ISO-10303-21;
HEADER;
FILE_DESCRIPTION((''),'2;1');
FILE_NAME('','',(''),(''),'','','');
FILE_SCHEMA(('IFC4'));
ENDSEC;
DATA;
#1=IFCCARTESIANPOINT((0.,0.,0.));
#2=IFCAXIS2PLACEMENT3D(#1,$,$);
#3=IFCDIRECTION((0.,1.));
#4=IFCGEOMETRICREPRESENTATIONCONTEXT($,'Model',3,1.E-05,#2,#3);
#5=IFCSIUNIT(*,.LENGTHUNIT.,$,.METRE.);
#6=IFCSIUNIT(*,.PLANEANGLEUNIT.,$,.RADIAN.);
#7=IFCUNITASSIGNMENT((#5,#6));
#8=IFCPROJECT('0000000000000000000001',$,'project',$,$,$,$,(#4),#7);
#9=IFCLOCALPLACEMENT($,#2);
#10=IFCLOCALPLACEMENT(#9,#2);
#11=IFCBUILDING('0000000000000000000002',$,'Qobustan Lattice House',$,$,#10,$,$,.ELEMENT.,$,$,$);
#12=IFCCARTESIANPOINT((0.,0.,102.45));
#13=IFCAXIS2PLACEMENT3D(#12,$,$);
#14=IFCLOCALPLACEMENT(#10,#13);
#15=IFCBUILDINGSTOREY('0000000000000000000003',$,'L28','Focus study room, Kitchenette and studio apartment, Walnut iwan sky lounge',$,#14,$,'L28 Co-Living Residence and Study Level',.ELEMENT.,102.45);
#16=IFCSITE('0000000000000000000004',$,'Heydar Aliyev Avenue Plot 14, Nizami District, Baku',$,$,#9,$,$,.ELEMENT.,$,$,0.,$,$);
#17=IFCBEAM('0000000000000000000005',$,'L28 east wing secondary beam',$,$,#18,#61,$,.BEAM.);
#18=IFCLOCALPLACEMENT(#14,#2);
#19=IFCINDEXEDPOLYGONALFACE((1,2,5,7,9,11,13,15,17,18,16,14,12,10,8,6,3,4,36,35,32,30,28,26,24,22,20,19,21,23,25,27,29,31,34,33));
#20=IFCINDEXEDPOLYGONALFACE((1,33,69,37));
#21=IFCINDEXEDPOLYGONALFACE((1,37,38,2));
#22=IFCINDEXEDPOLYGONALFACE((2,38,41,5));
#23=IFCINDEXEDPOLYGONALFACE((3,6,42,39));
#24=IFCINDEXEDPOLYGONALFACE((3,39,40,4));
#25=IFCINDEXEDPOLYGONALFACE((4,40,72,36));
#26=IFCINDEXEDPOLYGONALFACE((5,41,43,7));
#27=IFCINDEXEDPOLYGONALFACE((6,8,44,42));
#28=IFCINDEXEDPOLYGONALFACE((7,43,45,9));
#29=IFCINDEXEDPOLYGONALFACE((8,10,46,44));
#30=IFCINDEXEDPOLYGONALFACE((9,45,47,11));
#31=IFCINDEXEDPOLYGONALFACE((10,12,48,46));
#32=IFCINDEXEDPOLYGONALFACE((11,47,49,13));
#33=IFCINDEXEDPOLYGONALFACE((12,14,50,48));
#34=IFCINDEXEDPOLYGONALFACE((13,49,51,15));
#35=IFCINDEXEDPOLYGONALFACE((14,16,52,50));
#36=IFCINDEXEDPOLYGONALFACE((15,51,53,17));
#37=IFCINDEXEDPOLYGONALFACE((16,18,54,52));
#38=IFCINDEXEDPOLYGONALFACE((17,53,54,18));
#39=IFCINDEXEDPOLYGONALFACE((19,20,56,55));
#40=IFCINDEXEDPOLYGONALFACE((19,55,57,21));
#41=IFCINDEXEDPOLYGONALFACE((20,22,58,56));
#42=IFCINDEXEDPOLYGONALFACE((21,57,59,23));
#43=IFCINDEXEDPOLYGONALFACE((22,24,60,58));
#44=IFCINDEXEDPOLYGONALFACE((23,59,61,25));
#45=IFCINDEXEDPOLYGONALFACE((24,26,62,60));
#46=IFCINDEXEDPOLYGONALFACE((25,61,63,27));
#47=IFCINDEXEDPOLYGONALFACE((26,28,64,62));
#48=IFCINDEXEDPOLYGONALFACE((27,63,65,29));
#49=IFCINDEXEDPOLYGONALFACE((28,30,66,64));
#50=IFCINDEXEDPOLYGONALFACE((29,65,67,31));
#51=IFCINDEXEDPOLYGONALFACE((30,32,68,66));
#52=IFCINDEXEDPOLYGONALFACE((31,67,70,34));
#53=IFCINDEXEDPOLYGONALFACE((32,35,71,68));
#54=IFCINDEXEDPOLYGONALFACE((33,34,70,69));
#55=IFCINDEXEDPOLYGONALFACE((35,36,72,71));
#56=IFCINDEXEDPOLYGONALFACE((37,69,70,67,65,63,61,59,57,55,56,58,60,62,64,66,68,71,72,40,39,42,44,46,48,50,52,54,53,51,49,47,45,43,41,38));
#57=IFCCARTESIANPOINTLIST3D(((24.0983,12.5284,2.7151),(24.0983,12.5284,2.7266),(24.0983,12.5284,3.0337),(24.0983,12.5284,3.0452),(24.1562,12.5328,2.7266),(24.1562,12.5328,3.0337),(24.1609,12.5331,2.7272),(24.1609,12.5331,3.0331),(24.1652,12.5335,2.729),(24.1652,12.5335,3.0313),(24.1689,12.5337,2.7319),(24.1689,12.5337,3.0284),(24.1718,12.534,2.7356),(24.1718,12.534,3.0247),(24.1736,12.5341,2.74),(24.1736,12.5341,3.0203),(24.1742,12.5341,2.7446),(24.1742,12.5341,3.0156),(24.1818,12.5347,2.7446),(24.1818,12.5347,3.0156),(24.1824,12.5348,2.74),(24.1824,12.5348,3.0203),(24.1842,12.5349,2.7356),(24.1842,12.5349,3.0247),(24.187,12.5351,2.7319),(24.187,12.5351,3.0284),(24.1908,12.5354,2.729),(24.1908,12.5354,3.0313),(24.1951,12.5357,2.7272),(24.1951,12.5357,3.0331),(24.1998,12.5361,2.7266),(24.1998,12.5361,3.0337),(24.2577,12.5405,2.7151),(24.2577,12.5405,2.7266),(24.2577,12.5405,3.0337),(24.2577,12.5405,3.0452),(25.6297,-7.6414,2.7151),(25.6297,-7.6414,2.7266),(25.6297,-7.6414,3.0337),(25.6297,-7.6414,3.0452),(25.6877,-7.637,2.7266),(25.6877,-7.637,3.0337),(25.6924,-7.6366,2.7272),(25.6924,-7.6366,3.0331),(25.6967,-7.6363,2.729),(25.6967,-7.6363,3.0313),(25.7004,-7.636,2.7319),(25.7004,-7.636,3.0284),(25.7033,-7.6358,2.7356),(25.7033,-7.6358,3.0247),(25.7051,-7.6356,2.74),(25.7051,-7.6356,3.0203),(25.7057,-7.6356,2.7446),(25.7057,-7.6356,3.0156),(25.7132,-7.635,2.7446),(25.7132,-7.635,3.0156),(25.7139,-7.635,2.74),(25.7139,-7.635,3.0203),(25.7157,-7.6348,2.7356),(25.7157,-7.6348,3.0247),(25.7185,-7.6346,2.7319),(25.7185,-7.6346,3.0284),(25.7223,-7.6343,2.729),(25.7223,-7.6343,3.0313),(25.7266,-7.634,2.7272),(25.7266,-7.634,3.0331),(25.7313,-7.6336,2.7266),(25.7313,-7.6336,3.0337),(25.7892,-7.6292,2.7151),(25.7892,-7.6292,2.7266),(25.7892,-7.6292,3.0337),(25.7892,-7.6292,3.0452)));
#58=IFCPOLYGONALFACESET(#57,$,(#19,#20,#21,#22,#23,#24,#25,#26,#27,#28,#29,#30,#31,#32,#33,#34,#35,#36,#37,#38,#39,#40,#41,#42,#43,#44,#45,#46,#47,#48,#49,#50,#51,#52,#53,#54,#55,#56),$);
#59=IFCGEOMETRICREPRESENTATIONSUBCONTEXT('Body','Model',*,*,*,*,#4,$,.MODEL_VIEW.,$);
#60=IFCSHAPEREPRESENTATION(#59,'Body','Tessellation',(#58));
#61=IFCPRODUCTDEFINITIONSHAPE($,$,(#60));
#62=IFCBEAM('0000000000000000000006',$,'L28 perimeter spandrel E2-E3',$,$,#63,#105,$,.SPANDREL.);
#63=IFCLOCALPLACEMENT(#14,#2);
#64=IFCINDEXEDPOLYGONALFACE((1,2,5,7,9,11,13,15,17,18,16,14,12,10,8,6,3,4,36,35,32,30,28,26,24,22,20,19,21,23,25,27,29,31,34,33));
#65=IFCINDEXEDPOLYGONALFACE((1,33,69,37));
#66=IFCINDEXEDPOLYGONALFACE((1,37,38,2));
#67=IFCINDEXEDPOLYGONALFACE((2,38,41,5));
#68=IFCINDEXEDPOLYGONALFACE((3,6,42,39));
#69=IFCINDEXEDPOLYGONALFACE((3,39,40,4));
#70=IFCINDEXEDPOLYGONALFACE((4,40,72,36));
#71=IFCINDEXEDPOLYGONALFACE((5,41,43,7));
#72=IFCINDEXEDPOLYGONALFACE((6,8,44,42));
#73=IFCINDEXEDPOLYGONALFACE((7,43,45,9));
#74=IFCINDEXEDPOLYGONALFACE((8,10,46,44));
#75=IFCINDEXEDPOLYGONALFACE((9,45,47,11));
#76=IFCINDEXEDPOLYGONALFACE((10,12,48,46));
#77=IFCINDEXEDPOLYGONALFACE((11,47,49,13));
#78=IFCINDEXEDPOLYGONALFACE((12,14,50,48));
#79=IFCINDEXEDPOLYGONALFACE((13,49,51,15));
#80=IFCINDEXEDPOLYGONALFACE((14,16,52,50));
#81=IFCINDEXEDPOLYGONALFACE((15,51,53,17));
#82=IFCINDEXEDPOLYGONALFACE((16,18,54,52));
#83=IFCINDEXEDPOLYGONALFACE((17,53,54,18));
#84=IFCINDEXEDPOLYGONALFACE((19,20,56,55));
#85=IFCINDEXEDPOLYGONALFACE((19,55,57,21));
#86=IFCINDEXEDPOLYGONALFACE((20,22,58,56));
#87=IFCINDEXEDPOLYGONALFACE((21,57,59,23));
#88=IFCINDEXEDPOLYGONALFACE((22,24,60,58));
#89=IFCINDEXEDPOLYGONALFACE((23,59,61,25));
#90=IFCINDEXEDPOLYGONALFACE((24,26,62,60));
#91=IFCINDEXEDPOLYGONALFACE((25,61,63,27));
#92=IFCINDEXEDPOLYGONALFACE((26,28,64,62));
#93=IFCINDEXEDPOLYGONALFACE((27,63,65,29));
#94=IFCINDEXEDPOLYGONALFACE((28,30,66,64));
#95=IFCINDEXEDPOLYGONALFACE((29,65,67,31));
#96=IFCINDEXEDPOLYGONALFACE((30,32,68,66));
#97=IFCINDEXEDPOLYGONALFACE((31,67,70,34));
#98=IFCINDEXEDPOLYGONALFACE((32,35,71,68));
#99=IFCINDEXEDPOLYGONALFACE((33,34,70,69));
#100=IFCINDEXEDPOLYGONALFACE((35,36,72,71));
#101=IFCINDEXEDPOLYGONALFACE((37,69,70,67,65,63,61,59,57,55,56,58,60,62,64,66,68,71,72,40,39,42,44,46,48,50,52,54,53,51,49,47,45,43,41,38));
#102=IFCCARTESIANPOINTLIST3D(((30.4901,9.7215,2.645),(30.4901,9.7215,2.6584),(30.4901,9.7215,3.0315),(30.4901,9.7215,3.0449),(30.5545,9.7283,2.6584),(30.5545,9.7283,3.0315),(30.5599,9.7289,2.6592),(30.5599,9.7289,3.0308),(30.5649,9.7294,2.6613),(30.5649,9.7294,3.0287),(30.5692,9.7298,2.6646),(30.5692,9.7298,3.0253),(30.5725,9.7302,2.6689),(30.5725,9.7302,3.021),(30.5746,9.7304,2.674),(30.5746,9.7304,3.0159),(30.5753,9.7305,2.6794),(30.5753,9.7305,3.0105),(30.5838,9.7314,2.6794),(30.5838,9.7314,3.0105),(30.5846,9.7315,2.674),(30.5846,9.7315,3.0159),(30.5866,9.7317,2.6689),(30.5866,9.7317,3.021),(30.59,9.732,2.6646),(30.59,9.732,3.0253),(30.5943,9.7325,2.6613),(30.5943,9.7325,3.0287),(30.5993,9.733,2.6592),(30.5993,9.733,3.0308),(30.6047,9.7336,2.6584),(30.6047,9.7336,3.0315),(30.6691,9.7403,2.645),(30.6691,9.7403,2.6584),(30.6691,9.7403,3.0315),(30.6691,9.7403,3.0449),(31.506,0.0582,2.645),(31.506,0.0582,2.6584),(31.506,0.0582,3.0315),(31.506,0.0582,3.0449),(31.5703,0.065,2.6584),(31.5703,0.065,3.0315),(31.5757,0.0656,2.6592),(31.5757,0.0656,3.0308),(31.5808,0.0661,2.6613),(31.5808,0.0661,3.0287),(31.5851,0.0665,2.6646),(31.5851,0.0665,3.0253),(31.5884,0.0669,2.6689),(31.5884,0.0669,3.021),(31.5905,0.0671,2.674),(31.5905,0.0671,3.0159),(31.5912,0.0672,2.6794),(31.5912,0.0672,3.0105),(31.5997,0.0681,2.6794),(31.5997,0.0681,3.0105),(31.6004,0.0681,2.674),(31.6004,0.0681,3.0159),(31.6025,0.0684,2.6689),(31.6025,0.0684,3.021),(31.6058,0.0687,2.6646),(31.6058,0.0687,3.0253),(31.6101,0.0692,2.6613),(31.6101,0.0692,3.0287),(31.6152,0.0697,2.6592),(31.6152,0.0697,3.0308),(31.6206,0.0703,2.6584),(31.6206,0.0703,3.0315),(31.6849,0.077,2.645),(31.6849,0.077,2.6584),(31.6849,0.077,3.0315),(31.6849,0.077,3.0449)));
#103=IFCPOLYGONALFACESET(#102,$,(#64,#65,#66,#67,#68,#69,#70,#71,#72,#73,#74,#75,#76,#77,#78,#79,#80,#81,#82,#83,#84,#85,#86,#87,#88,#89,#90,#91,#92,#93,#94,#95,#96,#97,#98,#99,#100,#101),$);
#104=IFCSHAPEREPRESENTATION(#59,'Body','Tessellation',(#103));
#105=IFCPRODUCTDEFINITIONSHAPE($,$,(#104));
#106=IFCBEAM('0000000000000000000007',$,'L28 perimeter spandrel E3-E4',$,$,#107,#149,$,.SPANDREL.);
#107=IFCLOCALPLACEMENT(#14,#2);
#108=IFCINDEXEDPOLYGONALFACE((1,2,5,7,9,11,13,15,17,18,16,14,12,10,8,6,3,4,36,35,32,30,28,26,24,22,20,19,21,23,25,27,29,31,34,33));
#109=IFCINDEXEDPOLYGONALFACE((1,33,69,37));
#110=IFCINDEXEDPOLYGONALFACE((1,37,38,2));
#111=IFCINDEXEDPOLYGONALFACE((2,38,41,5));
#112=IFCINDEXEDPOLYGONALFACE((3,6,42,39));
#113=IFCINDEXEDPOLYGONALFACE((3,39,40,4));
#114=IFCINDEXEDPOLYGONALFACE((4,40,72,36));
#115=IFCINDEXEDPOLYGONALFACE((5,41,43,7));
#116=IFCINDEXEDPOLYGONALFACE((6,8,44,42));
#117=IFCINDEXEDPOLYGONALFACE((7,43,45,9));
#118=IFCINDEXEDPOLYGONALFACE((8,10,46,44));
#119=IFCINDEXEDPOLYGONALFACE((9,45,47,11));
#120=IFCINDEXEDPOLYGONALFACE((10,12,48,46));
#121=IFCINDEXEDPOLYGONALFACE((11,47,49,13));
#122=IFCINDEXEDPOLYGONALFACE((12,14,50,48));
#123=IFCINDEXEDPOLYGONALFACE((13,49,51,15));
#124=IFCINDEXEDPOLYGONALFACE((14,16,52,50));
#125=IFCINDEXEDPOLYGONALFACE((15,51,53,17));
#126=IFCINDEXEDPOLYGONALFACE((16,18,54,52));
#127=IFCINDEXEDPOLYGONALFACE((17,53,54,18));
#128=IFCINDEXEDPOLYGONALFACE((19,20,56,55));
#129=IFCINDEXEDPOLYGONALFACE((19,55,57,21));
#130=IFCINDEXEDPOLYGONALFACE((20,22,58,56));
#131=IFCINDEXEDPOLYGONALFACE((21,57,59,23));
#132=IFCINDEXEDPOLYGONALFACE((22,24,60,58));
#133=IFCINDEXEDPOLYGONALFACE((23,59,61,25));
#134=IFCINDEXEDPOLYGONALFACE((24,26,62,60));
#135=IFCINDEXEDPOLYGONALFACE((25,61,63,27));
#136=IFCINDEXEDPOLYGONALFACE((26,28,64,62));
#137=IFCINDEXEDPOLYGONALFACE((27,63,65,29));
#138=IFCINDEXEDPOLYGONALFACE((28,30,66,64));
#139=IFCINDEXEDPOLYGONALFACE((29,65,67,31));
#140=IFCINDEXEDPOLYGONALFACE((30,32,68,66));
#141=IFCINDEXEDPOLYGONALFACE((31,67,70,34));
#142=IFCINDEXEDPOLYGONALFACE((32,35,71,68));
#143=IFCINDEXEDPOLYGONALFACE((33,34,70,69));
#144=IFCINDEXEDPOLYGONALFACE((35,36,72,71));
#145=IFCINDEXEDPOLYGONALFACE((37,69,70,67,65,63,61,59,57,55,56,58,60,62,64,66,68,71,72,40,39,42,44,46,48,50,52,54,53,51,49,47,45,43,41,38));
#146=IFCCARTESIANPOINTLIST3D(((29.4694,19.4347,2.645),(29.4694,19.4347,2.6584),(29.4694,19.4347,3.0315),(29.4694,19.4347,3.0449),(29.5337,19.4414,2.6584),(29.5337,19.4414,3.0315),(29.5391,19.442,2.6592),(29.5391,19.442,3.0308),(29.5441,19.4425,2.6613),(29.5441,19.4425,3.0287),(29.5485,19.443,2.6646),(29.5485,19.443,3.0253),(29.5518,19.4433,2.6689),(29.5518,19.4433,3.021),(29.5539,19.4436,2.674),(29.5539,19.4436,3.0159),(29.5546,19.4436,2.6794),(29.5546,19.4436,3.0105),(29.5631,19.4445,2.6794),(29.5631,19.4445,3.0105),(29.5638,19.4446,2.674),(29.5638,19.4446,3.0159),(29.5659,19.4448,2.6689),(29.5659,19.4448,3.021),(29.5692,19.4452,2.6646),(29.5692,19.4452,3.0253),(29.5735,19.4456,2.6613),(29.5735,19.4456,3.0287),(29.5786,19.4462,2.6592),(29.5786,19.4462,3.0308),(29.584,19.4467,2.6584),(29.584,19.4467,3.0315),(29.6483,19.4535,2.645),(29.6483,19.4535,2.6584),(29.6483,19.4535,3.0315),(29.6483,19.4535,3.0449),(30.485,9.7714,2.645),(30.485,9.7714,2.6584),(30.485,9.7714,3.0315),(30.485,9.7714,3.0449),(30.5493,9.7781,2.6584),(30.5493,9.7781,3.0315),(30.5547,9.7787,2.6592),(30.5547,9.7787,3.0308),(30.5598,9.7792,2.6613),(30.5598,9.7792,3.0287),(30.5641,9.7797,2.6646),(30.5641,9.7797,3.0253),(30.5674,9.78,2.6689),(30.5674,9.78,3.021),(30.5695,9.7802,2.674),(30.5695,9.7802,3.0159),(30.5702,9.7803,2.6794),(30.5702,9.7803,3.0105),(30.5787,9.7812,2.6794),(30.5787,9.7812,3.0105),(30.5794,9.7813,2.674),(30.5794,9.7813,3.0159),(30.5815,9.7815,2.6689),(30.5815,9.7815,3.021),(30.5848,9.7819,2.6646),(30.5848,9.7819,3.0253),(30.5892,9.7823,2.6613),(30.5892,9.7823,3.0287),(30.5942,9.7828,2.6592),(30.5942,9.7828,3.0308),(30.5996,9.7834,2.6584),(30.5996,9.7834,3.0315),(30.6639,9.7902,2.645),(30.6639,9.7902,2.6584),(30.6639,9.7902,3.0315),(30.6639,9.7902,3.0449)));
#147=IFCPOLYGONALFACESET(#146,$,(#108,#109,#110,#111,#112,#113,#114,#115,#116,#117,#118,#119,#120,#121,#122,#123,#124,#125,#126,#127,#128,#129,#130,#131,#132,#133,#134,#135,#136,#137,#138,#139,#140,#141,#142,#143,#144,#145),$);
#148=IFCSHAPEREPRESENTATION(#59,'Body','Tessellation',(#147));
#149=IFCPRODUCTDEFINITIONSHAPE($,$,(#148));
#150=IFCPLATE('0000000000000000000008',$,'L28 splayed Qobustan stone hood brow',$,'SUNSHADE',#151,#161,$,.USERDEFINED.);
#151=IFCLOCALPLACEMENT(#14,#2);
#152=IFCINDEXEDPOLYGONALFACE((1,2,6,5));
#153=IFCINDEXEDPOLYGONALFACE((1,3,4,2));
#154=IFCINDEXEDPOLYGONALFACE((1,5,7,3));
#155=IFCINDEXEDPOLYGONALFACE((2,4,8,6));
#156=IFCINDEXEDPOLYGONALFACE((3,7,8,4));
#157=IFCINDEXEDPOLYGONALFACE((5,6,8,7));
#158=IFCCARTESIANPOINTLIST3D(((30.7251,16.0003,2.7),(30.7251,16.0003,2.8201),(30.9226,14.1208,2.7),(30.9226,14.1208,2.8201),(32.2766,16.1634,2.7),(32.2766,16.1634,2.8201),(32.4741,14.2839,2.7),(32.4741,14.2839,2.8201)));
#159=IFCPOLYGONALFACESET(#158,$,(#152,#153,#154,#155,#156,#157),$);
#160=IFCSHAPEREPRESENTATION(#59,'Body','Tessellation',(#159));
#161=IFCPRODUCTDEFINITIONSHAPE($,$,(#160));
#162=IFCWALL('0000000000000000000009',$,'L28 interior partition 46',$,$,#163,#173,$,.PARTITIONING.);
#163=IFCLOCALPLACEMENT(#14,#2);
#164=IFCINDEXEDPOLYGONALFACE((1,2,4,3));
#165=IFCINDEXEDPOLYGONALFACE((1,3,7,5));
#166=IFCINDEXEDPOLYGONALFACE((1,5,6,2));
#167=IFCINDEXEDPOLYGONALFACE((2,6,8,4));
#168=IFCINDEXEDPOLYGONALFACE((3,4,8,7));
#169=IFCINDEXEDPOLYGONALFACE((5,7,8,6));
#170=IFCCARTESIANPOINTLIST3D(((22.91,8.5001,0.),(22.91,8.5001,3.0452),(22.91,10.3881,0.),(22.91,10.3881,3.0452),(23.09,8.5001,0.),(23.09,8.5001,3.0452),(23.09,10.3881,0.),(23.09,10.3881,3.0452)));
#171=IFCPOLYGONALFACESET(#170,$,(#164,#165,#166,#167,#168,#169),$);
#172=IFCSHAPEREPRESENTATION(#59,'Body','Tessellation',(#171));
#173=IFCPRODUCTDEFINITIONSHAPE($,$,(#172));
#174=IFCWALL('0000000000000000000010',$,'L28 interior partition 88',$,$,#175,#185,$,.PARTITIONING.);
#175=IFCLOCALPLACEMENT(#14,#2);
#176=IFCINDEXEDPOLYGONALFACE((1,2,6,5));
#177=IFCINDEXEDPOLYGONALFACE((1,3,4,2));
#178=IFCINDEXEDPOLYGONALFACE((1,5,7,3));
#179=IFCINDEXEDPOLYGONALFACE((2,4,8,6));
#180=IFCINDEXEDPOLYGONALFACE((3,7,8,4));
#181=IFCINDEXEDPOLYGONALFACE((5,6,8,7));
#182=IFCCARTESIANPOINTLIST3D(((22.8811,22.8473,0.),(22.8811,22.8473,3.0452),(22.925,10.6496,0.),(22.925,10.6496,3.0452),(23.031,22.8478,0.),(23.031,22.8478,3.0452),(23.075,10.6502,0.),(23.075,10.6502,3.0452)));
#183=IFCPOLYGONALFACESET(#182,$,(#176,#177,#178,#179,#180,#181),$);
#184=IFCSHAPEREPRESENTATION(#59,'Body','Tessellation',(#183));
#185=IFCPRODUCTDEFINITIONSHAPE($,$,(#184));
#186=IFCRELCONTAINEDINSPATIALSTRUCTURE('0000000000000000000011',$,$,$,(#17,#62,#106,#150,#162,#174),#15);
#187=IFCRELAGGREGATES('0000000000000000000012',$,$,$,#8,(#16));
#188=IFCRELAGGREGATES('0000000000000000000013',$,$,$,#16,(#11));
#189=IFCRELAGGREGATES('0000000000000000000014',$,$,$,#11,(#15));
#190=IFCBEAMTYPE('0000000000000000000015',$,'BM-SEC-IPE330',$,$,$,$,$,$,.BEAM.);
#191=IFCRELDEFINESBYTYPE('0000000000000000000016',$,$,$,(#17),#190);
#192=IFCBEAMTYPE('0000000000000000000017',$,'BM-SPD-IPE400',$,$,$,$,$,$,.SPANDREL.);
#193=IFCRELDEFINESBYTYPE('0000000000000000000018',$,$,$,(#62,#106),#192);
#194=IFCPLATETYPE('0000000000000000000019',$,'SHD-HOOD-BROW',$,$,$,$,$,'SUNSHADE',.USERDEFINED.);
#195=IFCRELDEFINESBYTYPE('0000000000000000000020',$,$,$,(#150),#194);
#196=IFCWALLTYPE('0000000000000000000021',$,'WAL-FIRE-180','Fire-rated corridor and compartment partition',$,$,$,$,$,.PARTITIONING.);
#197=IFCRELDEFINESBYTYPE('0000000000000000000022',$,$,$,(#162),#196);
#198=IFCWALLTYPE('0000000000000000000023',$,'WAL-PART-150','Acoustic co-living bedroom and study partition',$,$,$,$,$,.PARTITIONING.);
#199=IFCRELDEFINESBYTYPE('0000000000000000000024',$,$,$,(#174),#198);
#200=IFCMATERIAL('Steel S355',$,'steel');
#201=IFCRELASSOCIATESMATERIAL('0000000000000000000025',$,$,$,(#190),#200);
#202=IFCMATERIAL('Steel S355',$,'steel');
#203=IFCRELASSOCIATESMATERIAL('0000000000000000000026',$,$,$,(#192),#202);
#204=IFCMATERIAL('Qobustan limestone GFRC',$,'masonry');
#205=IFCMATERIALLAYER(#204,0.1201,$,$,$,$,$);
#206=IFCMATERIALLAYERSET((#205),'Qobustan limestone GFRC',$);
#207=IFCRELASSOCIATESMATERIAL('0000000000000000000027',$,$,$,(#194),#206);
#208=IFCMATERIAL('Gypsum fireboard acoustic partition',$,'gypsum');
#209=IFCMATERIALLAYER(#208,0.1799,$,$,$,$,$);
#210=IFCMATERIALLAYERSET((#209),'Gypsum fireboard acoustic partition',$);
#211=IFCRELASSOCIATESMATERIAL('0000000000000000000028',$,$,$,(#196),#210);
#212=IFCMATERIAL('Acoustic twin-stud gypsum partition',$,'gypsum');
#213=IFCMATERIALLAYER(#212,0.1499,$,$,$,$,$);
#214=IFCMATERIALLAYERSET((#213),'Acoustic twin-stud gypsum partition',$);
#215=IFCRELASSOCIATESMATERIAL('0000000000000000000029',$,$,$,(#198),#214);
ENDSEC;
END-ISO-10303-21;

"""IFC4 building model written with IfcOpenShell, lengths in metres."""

from ifc_helpers import new_model, si_unit, direction, frame, frame_2d, origin, origin_2d, place, context, subcontext, project, spatial, rectangle, i_section, extrude, material, layer, layer_set, material_profile, profile_set, type_object, element, save


model = new_model("IFC4")

# Units and contexts
model_context = context("Model", 3, precision=1e-05, world=origin(), true_north=direction((0.0, 1.0)))
body_context = subcontext(model_context, "Body", "Model", "MODEL_VIEW")
ifc_project = project(units=[si_unit("LENGTHUNIT", "METRE"), si_unit("PLANEANGLEUNIT", "RADIAN")], contexts=[model_context])

# Site, building, storey
site_placement = place(None, origin())
site = spatial("IfcSite", under=ifc_project, at=site_placement, Name="Heydar Aliyev Avenue Plot 14, Nizami District, Baku", CompositionType="ELEMENT", RefElevation=0.0)
building_placement = place(site_placement, origin())
building = spatial("IfcBuilding", under=site, at=building_placement, Name="Qobustan Lattice House", CompositionType="ELEMENT")
storey_placement = place(building_placement, frame((0.0, 0.0, 102.45)))
storey = spatial("IfcBuildingStorey", under=building, at=storey_placement, Name="L28", Description="Focus study room, Kitchenette and studio apartment, Walnut iwan sky lounge", LongName="L28 Co-Living Residence and Study Level", CompositionType="ELEMENT", Elevation=102.45)

# Beams
ifc_material_1 = material(Name="Steel S355", Category="steel")
ifc_material_profile_1 = material_profile(ifc_material_1, i_section(OverallWidth=0.1599, OverallDepth=0.3301, WebThickness=0.0076, FlangeThickness=0.0115, FilletRadius=0.0181, at=origin_2d()), Name="IPE330")
ifc_profile_set_1 = profile_set([ifc_material_profile_1], Name="Steel S355")
beam_type_1 = type_object("IfcBeamType", Name="BM-SEC-IPE330", PredefinedType="BEAM", material=ifc_profile_set_1)
beam_1_placement = place(storey_placement, frame((24.178, 12.5344, 2.8801), z_axis=(0.075713, -0.99713, 0.0), x_axis=(0.99713, 0.075713, 0.0)))
element("IfcBeam", 1, at=beam_1_placement, inside=storey, type_object=beam_type_1, Name="L28 east wing secondary beam", PredefinedType="BEAM", context=body_context, shape_type="SweptSolid", body=[
    extrude(i_section(OverallWidth=0.1599, OverallDepth=0.3301, WebThickness=0.0076, FlangeThickness=0.0115, FilletRadius=0.0181, at=origin_2d()), origin(), (0.0, 0.0, 1.0), 20.2278),
])
ifc_material_2 = material(Name="Steel S355", Category="steel")
ifc_material_profile_2 = material_profile(ifc_material_2, i_section(OverallWidth=0.1799, OverallDepth=0.3999, WebThickness=0.0085, FlangeThickness=0.0134, FilletRadius=0.021, at=origin_2d()), Name="IPE400")
ifc_profile_set_2 = profile_set([ifc_material_profile_2], Name="Steel S355")
beam_type_2 = type_object("IfcBeamType", Name="BM-SPD-IPE400", PredefinedType="SPANDREL", material=ifc_profile_set_2)
for number, where, z_axis, x_axis, name in (
    (2, (31.5955, 0.0676, 2.845), (-0.10455, 0.99452, 0.0), (-0.99452, -0.10455, 0.0), "L28 perimeter spandrel E2-E3"),
    (3, (30.5745, 9.7808, 2.845), (-0.104525, 0.994522, 0.0), (-0.994522, -0.104525, 0.0), "L28 perimeter spandrel E3-E4"),
):
    element("IfcBeam", number, at=place(storey_placement, frame(where, z_axis=z_axis, x_axis=x_axis)), inside=storey, type_object=beam_type_2, Name=name, PredefinedType="SPANDREL", context=body_context, shape_type="SweptSolid", body=[
        extrude(i_section(OverallWidth=0.1799, OverallDepth=0.3999, WebThickness=0.0085, FlangeThickness=0.0134, FilletRadius=0.021, at=origin_2d()), origin(), (0.0, 0.0, 1.0), 9.7166),
    ])

# Plate
ifc_material_3 = material(Name="Qobustan limestone GFRC", Category="masonry")
ifc_layer_1 = layer(ifc_material_3, 0.1201)
ifc_layer_set_1 = layer_set([ifc_layer_1], Name="Qobustan limestone GFRC")
plate_type = type_object("IfcPlateType", Name="SHD-HOOD-BROW", ElementType="SUNSHADE", PredefinedType="USERDEFINED", material=ifc_layer_set_1)
plate_placement = place(storey_placement, frame((31.5996, 15.1421, 2.7), z_axis=(0.0, 0.0, 1.0), x_axis=(0.104528, -0.994522, 0.0)))
element("IfcPlate", 4, at=plate_placement, inside=storey, type_object=plate_type, Name="L28 splayed Qobustan stone hood brow", ObjectType="SUNSHADE", PredefinedType="USERDEFINED", context=body_context, shape_type="SweptSolid", body=[
    extrude(rectangle(XDim=1.8899, YDim=1.5601, at=origin_2d()), origin(), (0.0, 0.0, 1.0), 0.1201),
])

# Shared definitions
ifc_material_4 = material(Name="Gypsum fireboard acoustic partition", Category="gypsum")
ifc_layer_2 = layer(ifc_material_4, 0.1799)
ifc_layer_set_2 = layer_set([ifc_layer_2], Name="Gypsum fireboard acoustic partition")
wall_type_1 = type_object("IfcWallType", Name="WAL-FIRE-180", Description="Fire-rated corridor and compartment partition", PredefinedType="PARTITIONING", material=ifc_layer_set_2)

# Wall
wall_1_placement = place(storey_placement, frame((23.0, 10.3879, 0.0), z_axis=(0.0, 0.0, 1.0), x_axis=(0.0, -1.0, 0.0)))
element("IfcWall", 5, at=wall_1_placement, inside=storey, type_object=wall_type_1, Name="L28 interior partition 46", PredefinedType="PARTITIONING", context=body_context, shape_type="SweptSolid", body=[
    extrude(rectangle(XDim=1.8879, YDim=0.1799, at=frame_2d((0.9438, 0.0))), origin(), (0.0, 0.0, 1.0), 3.0452),
])

# Shared definitions
ifc_material_5 = material(Name="Acoustic twin-stud gypsum partition", Category="gypsum")
ifc_layer_3 = layer(ifc_material_5, 0.1499)
ifc_layer_set_3 = layer_set([ifc_layer_3], Name="Acoustic twin-stud gypsum partition")
wall_type_2 = type_object("IfcWallType", Name="WAL-PART-150", Description="Acoustic co-living bedroom and study partition", PredefinedType="PARTITIONING", material=ifc_layer_set_3)

# Wall
wall_2_placement = place(storey_placement, frame((23.0, 10.6499, 0.0), z_axis=(0.0, 0.0, 1.0), x_axis=(-0.003603, 0.999994, 0.0)))
element("IfcWall", 6, at=wall_2_placement, inside=storey, type_object=wall_type_2, Name="L28 interior partition 88", PredefinedType="PARTITIONING", context=body_context, shape_type="SweptSolid", body=[
    extrude(rectangle(XDim=12.1978, YDim=0.1499, at=frame_2d((6.0989, 0.0))), origin(), (0.0, 0.0, 1.0), 3.0452),
])

save(model, "model.ifc")
